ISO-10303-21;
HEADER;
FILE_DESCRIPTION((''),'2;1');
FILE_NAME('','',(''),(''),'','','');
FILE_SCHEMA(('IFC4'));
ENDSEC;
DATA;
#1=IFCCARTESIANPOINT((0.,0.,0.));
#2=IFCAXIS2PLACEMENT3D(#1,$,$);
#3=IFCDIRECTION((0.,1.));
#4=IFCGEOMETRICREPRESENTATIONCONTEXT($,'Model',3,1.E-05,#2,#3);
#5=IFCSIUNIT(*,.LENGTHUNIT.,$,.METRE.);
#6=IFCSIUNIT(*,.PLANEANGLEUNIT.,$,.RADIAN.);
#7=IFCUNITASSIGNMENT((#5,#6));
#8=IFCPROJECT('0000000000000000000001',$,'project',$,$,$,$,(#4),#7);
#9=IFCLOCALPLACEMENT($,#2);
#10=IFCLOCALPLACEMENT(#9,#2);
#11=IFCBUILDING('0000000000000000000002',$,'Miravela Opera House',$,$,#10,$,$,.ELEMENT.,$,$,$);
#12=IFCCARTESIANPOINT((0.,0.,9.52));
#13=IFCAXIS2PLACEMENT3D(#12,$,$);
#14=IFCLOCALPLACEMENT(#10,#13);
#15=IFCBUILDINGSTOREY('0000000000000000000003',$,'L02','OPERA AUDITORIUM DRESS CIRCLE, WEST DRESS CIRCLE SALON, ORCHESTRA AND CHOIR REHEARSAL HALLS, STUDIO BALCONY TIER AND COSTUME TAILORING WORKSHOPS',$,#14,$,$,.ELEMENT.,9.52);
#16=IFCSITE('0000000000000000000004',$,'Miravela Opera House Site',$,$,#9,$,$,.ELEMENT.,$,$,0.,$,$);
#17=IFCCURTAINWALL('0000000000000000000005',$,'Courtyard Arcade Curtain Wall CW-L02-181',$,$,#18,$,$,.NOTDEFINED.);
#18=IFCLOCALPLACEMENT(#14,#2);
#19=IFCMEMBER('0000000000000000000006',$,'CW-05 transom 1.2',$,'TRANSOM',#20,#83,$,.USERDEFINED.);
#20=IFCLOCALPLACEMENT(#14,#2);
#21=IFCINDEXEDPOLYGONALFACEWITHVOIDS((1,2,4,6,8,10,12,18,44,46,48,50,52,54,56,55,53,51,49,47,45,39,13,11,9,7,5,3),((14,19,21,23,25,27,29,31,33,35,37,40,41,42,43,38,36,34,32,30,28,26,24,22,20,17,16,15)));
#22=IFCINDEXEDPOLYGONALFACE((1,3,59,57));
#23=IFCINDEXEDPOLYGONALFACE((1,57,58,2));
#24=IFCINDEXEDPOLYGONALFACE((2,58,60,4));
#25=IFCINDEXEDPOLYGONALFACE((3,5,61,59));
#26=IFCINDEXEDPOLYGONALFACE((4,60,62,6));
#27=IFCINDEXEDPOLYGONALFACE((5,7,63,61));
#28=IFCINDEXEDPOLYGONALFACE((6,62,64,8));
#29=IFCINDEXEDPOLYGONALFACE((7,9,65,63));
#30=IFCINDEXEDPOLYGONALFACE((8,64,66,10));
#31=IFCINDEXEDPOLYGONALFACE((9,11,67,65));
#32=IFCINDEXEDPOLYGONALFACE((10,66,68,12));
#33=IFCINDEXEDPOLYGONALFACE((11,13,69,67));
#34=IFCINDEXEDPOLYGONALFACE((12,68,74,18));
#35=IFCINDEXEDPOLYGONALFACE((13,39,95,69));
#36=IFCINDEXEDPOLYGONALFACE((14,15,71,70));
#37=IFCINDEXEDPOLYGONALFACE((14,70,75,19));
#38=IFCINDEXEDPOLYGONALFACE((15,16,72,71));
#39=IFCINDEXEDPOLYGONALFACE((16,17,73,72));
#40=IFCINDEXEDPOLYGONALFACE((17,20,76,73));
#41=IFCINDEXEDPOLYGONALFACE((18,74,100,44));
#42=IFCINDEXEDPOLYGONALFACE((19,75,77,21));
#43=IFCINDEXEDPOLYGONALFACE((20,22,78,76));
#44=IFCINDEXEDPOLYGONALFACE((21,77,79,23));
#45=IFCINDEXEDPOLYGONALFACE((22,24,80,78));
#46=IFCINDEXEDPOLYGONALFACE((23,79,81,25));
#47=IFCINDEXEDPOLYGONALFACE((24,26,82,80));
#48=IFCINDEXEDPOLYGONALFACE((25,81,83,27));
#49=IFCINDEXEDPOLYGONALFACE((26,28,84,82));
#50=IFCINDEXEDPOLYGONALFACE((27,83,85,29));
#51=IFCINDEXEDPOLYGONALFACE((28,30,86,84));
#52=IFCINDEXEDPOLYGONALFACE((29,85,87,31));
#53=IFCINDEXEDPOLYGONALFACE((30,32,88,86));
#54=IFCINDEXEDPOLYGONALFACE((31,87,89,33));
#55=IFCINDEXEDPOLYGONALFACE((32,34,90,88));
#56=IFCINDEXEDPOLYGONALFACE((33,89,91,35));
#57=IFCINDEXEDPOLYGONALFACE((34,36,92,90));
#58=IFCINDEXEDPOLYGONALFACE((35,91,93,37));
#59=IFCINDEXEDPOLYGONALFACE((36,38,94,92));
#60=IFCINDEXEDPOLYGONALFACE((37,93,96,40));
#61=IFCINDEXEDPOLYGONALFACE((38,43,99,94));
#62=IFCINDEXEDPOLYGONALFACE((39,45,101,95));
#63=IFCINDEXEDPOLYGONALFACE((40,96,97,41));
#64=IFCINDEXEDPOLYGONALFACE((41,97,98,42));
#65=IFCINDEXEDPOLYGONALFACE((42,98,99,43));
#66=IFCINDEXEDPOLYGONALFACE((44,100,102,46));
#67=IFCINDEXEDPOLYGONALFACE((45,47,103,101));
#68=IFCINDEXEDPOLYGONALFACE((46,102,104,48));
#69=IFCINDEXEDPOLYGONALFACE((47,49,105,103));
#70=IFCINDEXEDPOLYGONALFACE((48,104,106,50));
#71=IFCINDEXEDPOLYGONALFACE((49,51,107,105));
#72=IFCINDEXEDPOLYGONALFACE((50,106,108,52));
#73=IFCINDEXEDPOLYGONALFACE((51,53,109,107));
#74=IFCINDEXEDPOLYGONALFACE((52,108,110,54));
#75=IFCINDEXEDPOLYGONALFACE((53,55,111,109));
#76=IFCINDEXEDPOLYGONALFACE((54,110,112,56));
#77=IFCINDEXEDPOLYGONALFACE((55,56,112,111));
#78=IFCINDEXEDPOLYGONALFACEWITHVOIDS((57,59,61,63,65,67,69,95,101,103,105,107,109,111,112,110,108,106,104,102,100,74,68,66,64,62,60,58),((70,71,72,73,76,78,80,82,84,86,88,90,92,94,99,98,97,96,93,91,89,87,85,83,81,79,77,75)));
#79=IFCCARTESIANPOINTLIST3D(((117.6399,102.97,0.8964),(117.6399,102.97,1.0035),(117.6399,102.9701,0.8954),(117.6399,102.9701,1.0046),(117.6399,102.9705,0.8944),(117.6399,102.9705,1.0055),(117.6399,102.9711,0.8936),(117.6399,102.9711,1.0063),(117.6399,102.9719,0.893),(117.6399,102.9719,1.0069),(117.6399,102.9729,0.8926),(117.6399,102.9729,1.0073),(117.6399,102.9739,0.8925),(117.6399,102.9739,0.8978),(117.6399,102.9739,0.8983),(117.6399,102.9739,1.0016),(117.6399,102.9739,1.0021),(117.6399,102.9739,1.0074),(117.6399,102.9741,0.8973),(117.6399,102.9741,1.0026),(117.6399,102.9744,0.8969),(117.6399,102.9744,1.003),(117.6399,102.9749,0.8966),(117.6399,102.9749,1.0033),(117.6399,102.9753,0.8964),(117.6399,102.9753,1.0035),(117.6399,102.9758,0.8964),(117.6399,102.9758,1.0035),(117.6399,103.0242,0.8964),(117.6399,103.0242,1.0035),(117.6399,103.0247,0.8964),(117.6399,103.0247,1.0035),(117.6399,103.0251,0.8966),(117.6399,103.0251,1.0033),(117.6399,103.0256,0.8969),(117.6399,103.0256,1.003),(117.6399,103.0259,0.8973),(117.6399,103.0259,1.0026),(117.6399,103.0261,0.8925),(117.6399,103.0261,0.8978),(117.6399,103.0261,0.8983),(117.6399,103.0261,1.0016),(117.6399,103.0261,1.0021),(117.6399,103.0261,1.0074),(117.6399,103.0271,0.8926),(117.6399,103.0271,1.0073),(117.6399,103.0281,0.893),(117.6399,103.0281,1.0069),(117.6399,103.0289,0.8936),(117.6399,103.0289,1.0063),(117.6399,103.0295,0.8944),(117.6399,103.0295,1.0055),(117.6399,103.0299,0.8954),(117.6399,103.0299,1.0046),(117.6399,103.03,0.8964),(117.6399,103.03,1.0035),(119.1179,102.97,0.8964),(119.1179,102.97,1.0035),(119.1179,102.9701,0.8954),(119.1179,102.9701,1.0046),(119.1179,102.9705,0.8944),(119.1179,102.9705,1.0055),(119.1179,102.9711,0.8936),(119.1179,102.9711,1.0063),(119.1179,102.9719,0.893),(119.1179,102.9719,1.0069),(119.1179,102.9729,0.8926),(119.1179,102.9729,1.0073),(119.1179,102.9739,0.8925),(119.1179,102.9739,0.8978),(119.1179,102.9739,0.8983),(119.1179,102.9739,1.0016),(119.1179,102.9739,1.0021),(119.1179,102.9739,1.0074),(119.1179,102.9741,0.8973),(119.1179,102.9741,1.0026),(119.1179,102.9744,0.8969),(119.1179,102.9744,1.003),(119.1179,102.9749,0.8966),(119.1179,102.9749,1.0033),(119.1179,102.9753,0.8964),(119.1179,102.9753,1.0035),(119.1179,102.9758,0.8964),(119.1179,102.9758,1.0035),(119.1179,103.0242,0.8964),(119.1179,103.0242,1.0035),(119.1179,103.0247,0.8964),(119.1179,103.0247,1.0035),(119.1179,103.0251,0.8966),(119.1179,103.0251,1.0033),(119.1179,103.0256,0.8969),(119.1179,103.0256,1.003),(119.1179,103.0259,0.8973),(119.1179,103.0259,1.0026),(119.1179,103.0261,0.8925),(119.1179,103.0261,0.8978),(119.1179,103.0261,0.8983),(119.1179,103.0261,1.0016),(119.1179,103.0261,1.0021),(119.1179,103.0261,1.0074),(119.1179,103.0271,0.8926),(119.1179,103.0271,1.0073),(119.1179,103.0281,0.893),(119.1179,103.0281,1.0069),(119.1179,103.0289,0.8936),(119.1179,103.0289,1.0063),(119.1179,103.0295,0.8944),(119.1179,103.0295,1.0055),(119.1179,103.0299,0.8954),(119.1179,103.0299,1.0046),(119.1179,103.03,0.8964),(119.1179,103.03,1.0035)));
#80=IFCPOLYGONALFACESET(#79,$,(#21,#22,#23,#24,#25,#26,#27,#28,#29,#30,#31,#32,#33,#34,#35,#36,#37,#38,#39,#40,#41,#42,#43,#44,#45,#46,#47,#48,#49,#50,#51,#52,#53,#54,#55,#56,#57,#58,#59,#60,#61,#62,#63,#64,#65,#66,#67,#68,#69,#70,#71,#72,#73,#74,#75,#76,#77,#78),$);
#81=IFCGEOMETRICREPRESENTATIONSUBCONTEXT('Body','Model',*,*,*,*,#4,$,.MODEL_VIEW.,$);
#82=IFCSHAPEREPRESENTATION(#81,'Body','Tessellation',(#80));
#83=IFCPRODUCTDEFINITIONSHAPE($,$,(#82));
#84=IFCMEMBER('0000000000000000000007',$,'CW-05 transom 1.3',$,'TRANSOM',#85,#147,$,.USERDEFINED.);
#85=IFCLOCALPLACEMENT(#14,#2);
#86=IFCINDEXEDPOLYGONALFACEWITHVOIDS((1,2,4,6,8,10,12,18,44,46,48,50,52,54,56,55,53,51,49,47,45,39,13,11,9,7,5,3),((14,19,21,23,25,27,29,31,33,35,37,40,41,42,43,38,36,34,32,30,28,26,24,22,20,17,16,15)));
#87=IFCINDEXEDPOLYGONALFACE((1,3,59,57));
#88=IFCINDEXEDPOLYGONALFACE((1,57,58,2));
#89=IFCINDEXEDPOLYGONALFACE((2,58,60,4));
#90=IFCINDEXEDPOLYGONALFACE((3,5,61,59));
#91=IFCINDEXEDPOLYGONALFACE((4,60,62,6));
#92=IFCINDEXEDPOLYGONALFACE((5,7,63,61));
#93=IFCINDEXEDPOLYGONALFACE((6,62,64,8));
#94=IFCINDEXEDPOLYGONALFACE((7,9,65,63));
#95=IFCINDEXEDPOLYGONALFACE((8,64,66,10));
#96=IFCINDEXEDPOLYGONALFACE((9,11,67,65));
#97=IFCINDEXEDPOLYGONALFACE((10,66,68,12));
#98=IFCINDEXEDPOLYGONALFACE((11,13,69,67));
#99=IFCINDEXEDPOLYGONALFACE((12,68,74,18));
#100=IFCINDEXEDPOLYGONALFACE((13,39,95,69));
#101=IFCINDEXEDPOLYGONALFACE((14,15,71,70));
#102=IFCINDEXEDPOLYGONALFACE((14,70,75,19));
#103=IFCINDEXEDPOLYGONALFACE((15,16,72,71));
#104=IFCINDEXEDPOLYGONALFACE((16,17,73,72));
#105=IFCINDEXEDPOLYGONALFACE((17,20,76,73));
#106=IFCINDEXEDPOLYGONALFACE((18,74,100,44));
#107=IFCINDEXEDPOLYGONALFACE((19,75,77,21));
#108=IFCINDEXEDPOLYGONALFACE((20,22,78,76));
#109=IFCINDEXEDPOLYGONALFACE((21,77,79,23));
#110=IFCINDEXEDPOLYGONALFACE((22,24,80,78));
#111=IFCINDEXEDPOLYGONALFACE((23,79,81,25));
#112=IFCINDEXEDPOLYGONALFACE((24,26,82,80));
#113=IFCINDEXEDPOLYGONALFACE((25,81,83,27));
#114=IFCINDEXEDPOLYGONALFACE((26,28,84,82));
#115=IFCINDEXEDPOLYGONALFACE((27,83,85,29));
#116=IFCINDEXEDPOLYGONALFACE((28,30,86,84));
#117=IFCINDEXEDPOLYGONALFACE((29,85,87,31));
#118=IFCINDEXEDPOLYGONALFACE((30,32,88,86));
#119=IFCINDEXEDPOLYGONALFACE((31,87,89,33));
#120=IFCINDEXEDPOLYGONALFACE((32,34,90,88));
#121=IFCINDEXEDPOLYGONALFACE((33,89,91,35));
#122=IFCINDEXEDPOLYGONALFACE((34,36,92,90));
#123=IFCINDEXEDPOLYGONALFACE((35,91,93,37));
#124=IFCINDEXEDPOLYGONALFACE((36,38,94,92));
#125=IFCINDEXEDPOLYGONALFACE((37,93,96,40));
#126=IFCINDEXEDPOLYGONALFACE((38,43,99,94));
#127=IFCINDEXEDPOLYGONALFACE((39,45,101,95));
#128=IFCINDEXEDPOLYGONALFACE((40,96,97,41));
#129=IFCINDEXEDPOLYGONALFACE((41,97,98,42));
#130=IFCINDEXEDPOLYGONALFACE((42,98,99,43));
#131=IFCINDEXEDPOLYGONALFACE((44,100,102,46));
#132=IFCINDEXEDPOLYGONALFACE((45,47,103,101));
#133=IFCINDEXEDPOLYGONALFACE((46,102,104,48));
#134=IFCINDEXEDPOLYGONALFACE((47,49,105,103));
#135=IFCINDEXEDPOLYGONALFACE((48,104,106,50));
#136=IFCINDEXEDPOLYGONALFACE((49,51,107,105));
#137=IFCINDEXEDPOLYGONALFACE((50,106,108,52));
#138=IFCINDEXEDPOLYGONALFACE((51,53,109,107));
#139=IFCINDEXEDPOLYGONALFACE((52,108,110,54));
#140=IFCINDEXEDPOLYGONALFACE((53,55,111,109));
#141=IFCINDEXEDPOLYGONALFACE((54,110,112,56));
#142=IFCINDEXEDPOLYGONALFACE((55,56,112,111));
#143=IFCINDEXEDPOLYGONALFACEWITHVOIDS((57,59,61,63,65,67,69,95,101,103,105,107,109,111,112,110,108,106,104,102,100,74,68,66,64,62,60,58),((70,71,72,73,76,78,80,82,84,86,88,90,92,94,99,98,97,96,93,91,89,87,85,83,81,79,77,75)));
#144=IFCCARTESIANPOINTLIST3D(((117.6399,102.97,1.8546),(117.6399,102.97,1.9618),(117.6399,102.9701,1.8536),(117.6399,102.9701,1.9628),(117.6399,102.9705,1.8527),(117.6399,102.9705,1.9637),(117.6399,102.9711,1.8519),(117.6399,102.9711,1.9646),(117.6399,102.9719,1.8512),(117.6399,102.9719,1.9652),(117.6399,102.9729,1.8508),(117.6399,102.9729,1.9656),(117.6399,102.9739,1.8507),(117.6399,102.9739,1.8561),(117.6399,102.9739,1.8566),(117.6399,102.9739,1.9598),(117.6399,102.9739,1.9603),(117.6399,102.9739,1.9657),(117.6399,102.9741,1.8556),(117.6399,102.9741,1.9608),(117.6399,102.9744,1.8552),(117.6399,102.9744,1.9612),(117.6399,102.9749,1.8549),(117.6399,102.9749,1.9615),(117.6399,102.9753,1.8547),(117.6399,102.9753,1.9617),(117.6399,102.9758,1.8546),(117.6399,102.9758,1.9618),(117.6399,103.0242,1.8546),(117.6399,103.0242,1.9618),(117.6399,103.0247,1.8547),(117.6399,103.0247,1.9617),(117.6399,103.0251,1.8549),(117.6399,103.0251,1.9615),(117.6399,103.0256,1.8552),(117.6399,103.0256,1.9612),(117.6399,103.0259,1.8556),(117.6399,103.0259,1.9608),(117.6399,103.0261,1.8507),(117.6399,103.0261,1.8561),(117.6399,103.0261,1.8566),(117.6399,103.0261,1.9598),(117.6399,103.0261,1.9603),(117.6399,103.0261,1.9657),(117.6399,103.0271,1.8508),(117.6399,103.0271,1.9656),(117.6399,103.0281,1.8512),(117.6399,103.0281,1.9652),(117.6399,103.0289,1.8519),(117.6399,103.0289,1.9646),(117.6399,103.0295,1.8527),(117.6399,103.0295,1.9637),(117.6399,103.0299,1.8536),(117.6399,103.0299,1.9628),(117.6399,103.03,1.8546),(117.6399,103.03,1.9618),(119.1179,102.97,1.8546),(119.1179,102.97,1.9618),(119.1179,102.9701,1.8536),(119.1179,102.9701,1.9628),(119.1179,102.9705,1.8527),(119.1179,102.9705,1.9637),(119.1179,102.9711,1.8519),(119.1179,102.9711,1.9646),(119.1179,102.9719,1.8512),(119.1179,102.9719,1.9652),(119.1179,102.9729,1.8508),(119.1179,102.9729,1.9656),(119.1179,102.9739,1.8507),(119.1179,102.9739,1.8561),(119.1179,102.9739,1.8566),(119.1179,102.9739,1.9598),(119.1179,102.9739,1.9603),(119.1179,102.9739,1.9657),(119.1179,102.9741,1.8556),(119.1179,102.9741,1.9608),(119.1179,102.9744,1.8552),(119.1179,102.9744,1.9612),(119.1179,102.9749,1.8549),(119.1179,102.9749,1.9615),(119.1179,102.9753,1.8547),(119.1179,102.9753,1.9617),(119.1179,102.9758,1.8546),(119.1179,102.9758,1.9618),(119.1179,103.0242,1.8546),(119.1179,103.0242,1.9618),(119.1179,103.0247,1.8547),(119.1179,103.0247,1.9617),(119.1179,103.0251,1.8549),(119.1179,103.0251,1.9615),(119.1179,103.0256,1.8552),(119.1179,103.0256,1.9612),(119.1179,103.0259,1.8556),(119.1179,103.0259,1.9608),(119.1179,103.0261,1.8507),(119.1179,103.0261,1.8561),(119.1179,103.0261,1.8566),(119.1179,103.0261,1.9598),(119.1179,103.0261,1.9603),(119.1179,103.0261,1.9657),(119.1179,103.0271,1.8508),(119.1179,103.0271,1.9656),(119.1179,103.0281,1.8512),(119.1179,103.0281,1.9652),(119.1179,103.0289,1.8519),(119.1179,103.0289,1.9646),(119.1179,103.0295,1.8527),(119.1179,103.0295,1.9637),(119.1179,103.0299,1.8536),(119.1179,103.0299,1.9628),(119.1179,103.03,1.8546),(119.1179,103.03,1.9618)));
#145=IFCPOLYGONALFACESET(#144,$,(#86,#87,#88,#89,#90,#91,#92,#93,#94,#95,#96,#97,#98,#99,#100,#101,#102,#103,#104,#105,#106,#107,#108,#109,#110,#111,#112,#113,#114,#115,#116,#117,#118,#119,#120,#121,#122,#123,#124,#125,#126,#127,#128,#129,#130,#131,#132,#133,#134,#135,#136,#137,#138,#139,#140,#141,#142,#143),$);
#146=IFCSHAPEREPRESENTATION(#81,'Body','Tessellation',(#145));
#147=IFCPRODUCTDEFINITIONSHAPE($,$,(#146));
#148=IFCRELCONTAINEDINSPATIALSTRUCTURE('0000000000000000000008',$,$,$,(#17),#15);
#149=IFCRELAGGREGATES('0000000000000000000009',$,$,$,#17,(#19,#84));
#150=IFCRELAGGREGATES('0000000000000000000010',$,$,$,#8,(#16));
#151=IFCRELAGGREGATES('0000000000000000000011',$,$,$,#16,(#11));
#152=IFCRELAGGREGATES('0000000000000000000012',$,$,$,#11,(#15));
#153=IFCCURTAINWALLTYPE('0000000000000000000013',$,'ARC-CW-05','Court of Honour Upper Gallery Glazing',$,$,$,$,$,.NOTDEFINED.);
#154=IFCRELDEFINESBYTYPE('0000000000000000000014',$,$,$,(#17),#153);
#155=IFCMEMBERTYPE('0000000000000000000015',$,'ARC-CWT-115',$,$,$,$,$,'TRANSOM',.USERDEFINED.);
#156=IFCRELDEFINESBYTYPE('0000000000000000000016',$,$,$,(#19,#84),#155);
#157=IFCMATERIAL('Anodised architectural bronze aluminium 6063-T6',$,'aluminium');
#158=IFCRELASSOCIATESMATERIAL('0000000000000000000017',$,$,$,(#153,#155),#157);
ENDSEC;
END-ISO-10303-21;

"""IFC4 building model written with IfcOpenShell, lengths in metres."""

from ifc_helpers import new_model, si_unit, direction, frame, origin, origin_2d, place, context, subcontext, project, spatial, hollow_rectangle, extrude, material, material_profile, profile_set, type_object, element, aggregate, save


model = new_model("IFC4")

# Units and contexts
model_context = context("Model", 3, precision=1e-05, world=origin(), true_north=direction((0.0, 1.0)))
body_context = subcontext(model_context, "Body", "Model", "MODEL_VIEW")
ifc_project = project(units=[si_unit("LENGTHUNIT", "METRE"), si_unit("PLANEANGLEUNIT", "RADIAN")], contexts=[model_context])

# Site, building, storey
site_placement = place(None, origin())
site = spatial("IfcSite", under=ifc_project, at=site_placement, Name="Miravela Opera House Site", CompositionType="ELEMENT", RefElevation=0.0)
building_placement = place(site_placement, origin())
building = spatial("IfcBuilding", under=site, at=building_placement, Name="Miravela Opera House", CompositionType="ELEMENT")
storey_placement = place(building_placement, frame((0.0, 0.0, 9.52)))
storey = spatial("IfcBuildingStorey", under=building, at=storey_placement, Name="L02", Description="OPERA AUDITORIUM DRESS CIRCLE, WEST DRESS CIRCLE SALON, ORCHESTRA AND CHOIR REHEARSAL HALLS, STUDIO BALCONY TIER AND COSTUME TAILORING WORKSHOPS", CompositionType="ELEMENT", Elevation=9.52)

# Curtain wall, members
ifc_material_1 = material(Name="Anodised architectural bronze aluminium 6063-T6", Category="aluminium")
curtain_wall_type = type_object("IfcCurtainWallType", Name="ARC-CW-05", Description="Court of Honour Upper Gallery Glazing", PredefinedType="NOTDEFINED", material=ifc_material_1)
curtain_wall_placement = place(storey_placement, origin())
curtain_wall = element("IfcCurtainWall", 1, at=curtain_wall_placement, inside=storey, type_object=curtain_wall_type, Name="Courtyard Arcade Curtain Wall CW-L02-181", PredefinedType="NOTDEFINED")
ifc_material_profile_1 = material_profile(ifc_material_1, hollow_rectangle(XDim=0.0601, YDim=0.115, WallThickness=0.0039, InnerFilletRadius=0.002, OuterFilletRadius=0.0039, at=origin_2d()), Name="CWT-60X115")
ifc_profile_set_1 = profile_set([ifc_material_profile_1])
member_type_1 = type_object("IfcMemberType", Name="ARC-CWT-115", ElementType="TRANSOM", PredefinedType="USERDEFINED", material=ifc_profile_set_1)
member_1_placement = place(storey_placement, frame((117.6399, 103.0, 0.95), z_axis=(1.0, 0.0, 0.0), x_axis=(0.0, 1.0, 0.0)))
member_1 = element("IfcMember", 2, at=member_1_placement, type_object=member_type_1, Name="CW-05 transom 1.2", ObjectType="TRANSOM", PredefinedType="USERDEFINED", context=body_context, shape_type="SweptSolid", body=[
    extrude(hollow_rectangle(XDim=0.0601, YDim=0.115, WallThickness=0.0039, InnerFilletRadius=0.002, OuterFilletRadius=0.0039, at=origin_2d()), origin(), (0.0, 0.0, 1.0), 1.478),
])
member_2_placement = place(storey_placement, frame((117.6399, 103.0, 1.9082), z_axis=(1.0, 0.0, 0.0), x_axis=(0.0, 1.0, 0.0)))
member_2 = element("IfcMember", 3, at=member_2_placement, type_object=member_type_1, Name="CW-05 transom 1.3", ObjectType="TRANSOM", PredefinedType="USERDEFINED", context=body_context, shape_type="SweptSolid", body=[
    extrude(hollow_rectangle(XDim=0.0601, YDim=0.115, WallThickness=0.0039, InnerFilletRadius=0.002, OuterFilletRadius=0.0039, at=origin_2d()), origin(), (0.0, 0.0, 1.0), 1.478),
])

aggregate(curtain_wall, [member_1, member_2])

save(model, "model.ifc")
